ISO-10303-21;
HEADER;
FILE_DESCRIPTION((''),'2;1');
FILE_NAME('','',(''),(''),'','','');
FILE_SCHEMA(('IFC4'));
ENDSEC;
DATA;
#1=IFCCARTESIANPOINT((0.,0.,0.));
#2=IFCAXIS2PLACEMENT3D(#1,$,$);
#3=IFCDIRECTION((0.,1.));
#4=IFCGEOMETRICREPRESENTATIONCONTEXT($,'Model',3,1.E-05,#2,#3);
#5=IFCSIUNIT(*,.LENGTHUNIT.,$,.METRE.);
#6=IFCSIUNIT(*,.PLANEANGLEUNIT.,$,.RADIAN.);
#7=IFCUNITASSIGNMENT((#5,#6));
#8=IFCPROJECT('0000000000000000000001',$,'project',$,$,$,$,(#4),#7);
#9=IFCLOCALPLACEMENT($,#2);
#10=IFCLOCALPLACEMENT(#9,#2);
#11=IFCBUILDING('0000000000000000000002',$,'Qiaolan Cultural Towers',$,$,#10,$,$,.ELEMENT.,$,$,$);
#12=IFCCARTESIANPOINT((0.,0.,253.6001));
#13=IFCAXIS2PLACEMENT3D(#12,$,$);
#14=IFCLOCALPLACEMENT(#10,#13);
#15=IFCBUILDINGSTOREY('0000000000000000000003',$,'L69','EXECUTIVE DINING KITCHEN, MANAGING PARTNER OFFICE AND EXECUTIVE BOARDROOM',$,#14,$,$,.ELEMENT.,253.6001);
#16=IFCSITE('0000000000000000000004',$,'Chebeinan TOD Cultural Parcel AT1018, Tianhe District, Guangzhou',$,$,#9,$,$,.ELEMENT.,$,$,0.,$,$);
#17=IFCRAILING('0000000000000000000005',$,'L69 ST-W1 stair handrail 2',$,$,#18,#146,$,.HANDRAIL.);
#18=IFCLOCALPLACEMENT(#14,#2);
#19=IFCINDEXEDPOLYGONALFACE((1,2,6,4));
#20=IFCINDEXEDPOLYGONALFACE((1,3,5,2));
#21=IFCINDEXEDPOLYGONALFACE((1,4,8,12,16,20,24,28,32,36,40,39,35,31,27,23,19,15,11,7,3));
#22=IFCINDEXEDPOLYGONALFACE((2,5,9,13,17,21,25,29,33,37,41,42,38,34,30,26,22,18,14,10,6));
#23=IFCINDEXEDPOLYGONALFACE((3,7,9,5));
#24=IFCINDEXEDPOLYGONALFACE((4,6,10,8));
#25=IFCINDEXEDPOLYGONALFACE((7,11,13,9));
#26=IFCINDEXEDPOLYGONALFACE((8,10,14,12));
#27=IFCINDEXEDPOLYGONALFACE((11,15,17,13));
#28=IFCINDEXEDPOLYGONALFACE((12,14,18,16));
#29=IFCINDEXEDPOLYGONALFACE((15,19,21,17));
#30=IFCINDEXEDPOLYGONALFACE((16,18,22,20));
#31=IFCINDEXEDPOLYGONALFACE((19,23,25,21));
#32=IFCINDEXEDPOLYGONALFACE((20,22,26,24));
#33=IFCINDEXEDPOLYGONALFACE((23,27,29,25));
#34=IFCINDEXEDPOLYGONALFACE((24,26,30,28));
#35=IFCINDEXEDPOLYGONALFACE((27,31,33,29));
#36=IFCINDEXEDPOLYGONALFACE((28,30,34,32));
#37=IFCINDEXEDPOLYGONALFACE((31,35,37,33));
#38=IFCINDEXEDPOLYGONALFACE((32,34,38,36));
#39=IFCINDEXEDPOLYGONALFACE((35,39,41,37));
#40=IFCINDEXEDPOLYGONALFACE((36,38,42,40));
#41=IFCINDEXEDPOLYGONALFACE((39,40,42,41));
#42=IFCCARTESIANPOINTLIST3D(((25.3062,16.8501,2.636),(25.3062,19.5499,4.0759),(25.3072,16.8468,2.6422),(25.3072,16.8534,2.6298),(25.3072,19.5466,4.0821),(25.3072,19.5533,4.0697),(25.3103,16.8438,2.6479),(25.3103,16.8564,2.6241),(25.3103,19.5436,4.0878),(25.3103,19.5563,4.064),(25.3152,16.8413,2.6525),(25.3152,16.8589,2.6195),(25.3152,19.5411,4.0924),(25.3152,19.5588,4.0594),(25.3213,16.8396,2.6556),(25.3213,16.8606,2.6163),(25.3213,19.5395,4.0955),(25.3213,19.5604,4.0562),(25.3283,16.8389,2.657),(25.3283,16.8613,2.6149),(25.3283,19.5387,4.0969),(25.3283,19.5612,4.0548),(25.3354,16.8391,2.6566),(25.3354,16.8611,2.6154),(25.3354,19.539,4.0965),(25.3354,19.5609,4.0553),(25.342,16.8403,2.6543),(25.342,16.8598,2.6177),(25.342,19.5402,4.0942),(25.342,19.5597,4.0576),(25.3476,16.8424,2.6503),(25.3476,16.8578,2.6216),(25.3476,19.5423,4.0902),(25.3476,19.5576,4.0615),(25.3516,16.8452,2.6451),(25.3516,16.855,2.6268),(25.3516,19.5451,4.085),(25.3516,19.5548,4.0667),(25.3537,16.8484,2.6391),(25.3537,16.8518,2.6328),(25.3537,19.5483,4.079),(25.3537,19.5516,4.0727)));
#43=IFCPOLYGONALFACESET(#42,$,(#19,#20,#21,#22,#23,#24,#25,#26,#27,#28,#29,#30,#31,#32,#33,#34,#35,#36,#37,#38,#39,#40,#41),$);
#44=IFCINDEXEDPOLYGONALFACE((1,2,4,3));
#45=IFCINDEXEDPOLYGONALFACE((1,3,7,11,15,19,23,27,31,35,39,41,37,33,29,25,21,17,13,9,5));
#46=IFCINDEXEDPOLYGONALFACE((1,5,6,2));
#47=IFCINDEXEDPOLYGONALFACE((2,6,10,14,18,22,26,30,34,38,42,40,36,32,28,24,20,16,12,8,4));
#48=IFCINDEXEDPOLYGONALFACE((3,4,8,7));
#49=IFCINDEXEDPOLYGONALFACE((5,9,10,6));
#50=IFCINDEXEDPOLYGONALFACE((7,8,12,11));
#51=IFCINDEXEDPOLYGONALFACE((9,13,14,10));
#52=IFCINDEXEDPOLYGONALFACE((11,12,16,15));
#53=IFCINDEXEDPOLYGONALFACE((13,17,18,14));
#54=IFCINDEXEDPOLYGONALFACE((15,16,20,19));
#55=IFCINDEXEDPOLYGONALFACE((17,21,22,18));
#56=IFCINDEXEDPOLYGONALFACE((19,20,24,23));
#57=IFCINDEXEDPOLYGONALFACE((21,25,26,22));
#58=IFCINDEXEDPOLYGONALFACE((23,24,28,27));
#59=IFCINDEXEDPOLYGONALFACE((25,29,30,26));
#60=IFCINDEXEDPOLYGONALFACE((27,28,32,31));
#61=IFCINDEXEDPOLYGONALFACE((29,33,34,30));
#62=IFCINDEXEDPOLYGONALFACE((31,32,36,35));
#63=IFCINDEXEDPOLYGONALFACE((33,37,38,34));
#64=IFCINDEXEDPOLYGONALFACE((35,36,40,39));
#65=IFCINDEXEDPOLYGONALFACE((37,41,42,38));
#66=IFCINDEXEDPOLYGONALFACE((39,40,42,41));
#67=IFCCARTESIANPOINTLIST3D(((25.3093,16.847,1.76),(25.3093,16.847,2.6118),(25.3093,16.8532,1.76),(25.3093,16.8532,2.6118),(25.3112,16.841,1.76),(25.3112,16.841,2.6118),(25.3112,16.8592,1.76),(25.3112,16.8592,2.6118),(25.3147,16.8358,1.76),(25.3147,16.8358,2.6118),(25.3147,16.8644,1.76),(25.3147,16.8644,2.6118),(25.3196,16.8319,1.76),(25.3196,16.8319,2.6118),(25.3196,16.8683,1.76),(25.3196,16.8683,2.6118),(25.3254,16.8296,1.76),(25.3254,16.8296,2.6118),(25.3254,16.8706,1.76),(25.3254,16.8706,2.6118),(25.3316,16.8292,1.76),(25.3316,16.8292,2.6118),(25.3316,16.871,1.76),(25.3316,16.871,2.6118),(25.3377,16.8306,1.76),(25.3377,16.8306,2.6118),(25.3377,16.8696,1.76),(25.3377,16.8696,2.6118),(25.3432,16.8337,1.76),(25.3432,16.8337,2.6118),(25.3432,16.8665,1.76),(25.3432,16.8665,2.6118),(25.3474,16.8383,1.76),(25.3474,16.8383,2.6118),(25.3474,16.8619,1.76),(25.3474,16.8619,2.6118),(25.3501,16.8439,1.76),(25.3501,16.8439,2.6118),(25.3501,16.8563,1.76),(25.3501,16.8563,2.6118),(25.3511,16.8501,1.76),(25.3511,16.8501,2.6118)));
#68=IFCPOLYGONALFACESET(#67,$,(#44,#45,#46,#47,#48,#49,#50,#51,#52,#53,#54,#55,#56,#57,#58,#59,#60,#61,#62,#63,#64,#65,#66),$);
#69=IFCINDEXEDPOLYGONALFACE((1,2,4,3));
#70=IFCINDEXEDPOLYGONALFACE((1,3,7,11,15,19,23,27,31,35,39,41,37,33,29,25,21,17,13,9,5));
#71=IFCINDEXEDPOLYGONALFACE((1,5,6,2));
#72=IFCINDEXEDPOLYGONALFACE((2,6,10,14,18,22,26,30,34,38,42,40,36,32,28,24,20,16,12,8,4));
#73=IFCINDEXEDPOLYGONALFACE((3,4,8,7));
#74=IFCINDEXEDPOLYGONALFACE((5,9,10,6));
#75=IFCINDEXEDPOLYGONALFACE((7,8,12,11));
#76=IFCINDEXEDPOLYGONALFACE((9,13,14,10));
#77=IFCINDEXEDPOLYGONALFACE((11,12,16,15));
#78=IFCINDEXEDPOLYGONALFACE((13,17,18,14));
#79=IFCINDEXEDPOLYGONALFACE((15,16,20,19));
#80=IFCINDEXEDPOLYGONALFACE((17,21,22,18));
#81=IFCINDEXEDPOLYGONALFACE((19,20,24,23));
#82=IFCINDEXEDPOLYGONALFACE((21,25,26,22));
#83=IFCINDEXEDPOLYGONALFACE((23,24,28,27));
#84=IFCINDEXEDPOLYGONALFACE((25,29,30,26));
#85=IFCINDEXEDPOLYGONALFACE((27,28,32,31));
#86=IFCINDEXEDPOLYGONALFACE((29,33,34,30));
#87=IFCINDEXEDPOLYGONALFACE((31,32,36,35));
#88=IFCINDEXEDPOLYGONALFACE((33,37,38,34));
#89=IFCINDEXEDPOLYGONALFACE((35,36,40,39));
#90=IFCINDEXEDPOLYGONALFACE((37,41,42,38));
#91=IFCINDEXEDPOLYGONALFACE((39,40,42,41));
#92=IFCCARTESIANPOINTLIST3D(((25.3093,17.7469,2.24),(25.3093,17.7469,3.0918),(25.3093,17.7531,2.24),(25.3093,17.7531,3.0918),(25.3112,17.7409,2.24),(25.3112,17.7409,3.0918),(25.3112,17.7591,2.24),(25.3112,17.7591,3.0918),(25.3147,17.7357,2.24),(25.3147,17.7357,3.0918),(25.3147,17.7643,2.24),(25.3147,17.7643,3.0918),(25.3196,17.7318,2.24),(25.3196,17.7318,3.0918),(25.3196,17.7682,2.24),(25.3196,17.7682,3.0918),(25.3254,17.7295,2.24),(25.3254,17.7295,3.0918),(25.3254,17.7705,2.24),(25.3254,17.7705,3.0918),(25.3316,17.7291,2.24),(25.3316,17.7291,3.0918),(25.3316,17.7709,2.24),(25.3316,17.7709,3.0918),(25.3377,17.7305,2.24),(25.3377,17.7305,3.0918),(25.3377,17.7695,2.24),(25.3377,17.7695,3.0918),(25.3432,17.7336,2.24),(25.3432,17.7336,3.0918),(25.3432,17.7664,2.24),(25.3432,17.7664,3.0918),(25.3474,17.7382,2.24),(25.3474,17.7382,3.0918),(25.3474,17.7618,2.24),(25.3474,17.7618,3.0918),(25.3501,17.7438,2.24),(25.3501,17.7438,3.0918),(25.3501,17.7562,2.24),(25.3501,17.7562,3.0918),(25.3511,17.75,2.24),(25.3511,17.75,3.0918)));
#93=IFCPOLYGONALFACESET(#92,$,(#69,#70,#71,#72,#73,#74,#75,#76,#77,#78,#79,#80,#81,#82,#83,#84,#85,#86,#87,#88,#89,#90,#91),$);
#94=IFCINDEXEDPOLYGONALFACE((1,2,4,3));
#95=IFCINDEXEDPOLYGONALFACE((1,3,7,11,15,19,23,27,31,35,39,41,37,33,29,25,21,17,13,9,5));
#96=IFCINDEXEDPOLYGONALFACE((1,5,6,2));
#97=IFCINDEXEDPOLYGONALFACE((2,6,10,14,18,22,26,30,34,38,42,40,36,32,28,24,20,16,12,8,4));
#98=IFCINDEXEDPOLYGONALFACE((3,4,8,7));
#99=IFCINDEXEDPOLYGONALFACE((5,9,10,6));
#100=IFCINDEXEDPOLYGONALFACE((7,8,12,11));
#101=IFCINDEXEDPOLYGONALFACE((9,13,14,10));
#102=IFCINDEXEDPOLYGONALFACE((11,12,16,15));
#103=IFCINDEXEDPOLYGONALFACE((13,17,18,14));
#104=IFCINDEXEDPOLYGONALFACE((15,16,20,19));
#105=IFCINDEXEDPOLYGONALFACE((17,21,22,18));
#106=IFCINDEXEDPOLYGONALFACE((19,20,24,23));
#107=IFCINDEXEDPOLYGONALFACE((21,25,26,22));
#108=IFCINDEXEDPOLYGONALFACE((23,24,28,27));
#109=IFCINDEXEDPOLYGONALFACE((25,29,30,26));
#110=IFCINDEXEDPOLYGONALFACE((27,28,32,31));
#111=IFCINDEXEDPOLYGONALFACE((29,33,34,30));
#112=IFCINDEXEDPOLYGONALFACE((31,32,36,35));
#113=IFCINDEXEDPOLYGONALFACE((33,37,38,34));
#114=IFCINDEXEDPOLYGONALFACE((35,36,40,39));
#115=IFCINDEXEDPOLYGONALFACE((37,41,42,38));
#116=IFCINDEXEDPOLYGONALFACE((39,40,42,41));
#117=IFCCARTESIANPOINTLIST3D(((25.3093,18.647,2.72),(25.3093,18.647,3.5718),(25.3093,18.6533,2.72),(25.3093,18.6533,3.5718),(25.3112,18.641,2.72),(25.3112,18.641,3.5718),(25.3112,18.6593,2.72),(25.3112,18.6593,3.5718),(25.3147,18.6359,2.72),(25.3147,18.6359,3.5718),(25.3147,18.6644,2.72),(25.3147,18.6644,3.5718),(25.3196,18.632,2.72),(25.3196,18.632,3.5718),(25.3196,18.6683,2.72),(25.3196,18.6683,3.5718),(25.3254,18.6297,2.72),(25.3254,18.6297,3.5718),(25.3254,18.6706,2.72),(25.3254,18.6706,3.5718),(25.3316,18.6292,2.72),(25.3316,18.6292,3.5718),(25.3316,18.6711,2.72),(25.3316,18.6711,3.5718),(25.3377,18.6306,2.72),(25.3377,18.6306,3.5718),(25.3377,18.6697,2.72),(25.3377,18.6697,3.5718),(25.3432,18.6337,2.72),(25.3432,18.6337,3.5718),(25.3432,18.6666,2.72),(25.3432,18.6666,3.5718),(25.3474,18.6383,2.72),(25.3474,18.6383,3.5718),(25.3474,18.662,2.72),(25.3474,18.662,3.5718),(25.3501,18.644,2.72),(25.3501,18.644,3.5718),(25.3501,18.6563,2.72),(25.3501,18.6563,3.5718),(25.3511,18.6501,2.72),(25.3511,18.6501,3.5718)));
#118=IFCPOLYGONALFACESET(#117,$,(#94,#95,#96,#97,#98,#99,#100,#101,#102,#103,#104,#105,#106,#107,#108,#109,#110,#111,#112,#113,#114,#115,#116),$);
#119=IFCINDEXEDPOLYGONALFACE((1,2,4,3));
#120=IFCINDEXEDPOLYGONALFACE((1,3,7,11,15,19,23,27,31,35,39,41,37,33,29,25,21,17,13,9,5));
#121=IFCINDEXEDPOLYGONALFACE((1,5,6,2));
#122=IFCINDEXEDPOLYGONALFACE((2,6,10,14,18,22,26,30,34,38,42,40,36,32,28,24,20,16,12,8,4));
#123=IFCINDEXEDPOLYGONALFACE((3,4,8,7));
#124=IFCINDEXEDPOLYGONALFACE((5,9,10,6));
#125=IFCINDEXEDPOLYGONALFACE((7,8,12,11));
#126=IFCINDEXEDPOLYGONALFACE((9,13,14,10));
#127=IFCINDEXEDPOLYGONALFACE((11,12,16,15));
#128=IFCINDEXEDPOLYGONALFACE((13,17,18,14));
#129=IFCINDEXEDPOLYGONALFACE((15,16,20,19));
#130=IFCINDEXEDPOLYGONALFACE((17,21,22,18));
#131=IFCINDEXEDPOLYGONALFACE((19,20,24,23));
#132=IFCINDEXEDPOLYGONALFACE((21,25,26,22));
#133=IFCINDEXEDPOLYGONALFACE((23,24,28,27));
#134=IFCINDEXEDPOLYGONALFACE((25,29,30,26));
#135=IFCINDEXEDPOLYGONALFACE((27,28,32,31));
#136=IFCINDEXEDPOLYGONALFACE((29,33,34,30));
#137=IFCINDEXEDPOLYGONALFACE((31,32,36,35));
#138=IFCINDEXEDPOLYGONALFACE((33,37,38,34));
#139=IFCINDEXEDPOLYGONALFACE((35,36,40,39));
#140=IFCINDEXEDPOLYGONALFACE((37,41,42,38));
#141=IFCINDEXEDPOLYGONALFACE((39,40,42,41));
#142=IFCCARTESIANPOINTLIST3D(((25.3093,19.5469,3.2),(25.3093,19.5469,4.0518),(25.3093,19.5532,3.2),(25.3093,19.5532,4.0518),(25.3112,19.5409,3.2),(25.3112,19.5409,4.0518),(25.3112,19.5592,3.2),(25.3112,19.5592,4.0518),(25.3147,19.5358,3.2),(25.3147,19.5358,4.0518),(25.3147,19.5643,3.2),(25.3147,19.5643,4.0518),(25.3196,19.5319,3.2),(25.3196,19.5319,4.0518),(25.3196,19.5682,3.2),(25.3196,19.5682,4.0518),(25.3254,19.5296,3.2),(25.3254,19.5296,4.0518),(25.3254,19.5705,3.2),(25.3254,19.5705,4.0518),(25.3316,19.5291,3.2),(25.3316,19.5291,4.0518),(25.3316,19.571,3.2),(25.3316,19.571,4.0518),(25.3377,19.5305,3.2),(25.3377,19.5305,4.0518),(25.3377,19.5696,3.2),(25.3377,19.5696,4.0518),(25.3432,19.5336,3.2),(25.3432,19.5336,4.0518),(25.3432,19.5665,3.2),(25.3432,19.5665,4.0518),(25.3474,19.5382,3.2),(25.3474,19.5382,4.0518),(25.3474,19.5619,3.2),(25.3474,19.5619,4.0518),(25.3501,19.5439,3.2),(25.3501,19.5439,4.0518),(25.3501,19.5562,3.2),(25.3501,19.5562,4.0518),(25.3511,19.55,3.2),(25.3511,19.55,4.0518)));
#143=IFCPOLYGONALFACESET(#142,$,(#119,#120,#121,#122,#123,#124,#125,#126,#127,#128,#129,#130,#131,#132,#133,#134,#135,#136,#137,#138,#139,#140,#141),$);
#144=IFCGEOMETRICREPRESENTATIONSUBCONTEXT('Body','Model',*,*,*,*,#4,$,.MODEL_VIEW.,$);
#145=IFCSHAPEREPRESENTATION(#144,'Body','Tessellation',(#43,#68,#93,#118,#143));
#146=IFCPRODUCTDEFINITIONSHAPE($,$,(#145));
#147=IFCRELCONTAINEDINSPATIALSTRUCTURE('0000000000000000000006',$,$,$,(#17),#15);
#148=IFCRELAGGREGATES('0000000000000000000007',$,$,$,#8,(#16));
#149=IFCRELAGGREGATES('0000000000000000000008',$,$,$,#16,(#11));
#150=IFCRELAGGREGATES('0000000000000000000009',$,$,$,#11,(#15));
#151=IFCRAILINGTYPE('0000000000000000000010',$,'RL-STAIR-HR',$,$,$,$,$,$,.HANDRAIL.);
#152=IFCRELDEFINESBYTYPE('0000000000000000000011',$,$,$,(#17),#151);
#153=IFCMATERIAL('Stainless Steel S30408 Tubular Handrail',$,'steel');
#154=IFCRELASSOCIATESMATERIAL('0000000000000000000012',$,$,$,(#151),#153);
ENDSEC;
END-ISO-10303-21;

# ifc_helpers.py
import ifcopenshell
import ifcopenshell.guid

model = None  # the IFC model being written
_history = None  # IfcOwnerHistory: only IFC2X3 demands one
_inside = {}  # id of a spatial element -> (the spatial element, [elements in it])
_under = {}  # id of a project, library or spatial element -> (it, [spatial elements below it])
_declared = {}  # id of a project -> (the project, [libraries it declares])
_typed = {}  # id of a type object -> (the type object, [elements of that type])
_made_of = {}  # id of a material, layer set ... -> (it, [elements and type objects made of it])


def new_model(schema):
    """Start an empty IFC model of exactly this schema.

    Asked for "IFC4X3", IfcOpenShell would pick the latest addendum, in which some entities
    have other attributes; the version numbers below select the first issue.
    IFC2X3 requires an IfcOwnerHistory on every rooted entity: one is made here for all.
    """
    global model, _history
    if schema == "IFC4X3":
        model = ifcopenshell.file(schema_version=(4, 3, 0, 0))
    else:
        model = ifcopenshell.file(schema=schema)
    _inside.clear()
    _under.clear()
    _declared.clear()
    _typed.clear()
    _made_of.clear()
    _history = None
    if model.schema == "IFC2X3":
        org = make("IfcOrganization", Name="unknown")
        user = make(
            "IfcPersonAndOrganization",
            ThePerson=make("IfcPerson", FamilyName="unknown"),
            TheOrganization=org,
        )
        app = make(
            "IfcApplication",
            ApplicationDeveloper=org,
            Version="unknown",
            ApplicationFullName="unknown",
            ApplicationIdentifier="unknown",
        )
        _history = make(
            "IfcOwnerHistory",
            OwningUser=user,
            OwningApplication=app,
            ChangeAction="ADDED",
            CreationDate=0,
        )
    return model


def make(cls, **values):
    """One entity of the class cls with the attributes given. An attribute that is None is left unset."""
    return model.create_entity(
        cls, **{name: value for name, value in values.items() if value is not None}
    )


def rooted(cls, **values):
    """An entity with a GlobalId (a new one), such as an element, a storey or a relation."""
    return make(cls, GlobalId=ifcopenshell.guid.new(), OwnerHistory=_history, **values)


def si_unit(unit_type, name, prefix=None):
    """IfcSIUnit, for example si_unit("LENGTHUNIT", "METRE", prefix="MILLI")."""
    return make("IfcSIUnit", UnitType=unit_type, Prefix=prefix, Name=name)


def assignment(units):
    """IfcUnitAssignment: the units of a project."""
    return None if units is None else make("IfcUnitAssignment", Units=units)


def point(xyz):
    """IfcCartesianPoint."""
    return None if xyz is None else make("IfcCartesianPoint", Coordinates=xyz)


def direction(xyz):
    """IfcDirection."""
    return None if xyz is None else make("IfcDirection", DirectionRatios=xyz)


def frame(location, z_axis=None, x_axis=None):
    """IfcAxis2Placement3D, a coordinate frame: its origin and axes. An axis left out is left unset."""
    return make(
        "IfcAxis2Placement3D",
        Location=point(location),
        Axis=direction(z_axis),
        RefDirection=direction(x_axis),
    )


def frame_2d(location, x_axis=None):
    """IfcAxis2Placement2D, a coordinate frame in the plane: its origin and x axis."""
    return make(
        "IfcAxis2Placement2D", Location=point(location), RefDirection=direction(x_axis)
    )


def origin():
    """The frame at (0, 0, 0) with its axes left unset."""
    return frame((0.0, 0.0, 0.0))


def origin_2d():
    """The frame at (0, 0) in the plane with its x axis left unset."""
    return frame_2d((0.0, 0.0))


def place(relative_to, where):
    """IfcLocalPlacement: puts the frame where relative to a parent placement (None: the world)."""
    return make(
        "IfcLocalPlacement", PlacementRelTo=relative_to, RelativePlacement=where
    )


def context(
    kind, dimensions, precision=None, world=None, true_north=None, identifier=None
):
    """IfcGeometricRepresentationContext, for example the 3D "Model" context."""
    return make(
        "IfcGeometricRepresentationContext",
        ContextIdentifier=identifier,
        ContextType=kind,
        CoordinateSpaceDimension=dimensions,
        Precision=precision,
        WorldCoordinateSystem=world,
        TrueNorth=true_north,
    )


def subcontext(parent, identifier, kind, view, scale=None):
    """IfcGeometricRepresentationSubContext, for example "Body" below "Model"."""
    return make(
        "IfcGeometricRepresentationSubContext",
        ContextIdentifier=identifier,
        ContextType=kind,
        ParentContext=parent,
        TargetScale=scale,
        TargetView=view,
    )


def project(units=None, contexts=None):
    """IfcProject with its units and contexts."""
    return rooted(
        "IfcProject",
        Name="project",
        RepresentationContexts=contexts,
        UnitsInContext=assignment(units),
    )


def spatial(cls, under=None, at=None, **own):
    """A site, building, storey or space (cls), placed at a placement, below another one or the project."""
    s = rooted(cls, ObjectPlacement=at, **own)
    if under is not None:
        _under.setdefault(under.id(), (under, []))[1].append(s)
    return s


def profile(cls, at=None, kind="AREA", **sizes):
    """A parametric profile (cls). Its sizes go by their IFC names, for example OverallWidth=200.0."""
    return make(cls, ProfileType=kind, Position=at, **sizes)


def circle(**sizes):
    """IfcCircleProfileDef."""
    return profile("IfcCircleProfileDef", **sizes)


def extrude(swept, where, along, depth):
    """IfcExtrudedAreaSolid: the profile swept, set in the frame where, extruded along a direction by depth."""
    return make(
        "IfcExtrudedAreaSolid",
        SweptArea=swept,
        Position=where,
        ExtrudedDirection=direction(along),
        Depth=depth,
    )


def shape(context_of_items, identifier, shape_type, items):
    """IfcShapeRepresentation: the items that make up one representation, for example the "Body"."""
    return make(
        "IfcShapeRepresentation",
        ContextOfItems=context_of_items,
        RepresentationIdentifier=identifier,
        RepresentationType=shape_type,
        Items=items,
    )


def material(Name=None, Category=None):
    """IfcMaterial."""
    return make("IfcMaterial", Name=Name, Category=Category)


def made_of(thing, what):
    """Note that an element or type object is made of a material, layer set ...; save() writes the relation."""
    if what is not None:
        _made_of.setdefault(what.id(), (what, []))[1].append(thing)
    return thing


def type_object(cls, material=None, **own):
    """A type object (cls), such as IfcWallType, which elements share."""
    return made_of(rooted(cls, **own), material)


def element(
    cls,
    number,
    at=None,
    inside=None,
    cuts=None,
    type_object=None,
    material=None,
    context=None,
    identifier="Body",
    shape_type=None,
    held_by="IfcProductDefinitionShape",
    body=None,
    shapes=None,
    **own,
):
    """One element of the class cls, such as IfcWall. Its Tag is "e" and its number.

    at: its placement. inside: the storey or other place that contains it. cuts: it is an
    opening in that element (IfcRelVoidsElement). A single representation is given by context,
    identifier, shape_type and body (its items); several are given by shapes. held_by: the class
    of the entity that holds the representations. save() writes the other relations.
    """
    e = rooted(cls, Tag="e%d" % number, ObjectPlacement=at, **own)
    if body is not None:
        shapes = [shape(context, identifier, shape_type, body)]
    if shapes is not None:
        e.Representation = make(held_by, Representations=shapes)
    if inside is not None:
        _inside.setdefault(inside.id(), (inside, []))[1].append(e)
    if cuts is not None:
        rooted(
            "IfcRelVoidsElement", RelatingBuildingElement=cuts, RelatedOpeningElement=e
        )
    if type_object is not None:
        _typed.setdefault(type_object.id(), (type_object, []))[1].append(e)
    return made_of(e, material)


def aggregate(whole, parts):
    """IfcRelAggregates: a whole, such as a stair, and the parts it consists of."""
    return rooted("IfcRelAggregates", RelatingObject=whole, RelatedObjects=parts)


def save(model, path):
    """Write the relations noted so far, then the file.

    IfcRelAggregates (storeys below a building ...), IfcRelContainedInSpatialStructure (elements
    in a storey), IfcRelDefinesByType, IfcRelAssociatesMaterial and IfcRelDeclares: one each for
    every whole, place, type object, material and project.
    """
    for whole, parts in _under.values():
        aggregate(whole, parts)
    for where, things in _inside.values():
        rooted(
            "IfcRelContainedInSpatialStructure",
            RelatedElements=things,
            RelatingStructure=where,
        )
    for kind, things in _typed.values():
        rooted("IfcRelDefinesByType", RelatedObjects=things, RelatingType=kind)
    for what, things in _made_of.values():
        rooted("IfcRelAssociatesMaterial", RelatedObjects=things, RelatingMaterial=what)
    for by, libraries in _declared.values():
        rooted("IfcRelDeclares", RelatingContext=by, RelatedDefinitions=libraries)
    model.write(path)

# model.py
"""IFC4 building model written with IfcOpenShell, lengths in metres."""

from ifc_helpers import new_model, si_unit, direction, frame, origin, origin_2d, place, context, subcontext, project, spatial, circle, extrude, material, type_object, element, save


model = new_model("IFC4")

# Units and contexts
model_context = context("Model", 3, precision=1e-05, world=origin(), true_north=direction((0.0, 1.0)))
body_context = subcontext(model_context, "Body", "Model", "MODEL_VIEW")
ifc_project = project(units=[si_unit("LENGTHUNIT", "METRE"), si_unit("PLANEANGLEUNIT", "RADIAN")], contexts=[model_context])

# Site, building, storey
site_placement = place(None, origin())
site = spatial("IfcSite", under=ifc_project, at=site_placement, Name="Chebeinan TOD Cultural Parcel AT1018, Tianhe District, Guangzhou", CompositionType="ELEMENT", RefElevation=0.0)
building_placement = place(site_placement, origin())
building = spatial("IfcBuilding", under=site, at=building_placement, Name="Qiaolan Cultural Towers", CompositionType="ELEMENT")
storey_placement = place(building_placement, frame((0.0, 0.0, 253.6001)))
storey = spatial("IfcBuildingStorey", under=building, at=storey_placement, Name="L69", Description="EXECUTIVE DINING KITCHEN, MANAGING PARTNER OFFICE AND EXECUTIVE BOARDROOM", CompositionType="ELEMENT", Elevation=253.6001)

# Railing
ifc_material_1 = material(Name="Stainless Steel S30408 Tubular Handrail", Category="steel")
railing_type = type_object("IfcRailingType", Name="RL-STAIR-HR", PredefinedType="HANDRAIL", material=ifc_material_1)
railing_placement = place(storey_placement, frame((25.3301, 16.8501, 1.76)))
element("IfcRailing", 1, at=railing_placement, inside=storey, type_object=railing_type, Name="L69 ST-W1 stair handrail 2", PredefinedType="HANDRAIL", context=body_context, shape_type="SweptSolid", body=[
    extrude(circle(Radius=0.0239, at=origin_2d()), frame((0.0, 0.0, 0.876), z_axis=(0.0, 0.882357, 0.47058), x_axis=(-1.0, 0.0, 0.0)), (0.0, 0.0, 1.0), 3.0598),
    extrude(circle(Radius=0.021, at=origin_2d()), origin(), (0.0, 0.0, 1.0), 0.8518),
    extrude(circle(Radius=0.021, at=origin_2d()), frame((0.0, 0.8999, 0.48)), (0.0, 0.0, 1.0), 0.8518),
    extrude(circle(Radius=0.021, at=origin_2d()), frame((0.0, 1.8, 0.96)), (0.0, 0.0, 1.0), 0.8518),
    extrude(circle(Radius=0.021, at=origin_2d()), frame((0.0, 2.7, 1.4399)), (0.0, 0.0, 1.0), 0.8518),
])

save(model, "model.ifc")
